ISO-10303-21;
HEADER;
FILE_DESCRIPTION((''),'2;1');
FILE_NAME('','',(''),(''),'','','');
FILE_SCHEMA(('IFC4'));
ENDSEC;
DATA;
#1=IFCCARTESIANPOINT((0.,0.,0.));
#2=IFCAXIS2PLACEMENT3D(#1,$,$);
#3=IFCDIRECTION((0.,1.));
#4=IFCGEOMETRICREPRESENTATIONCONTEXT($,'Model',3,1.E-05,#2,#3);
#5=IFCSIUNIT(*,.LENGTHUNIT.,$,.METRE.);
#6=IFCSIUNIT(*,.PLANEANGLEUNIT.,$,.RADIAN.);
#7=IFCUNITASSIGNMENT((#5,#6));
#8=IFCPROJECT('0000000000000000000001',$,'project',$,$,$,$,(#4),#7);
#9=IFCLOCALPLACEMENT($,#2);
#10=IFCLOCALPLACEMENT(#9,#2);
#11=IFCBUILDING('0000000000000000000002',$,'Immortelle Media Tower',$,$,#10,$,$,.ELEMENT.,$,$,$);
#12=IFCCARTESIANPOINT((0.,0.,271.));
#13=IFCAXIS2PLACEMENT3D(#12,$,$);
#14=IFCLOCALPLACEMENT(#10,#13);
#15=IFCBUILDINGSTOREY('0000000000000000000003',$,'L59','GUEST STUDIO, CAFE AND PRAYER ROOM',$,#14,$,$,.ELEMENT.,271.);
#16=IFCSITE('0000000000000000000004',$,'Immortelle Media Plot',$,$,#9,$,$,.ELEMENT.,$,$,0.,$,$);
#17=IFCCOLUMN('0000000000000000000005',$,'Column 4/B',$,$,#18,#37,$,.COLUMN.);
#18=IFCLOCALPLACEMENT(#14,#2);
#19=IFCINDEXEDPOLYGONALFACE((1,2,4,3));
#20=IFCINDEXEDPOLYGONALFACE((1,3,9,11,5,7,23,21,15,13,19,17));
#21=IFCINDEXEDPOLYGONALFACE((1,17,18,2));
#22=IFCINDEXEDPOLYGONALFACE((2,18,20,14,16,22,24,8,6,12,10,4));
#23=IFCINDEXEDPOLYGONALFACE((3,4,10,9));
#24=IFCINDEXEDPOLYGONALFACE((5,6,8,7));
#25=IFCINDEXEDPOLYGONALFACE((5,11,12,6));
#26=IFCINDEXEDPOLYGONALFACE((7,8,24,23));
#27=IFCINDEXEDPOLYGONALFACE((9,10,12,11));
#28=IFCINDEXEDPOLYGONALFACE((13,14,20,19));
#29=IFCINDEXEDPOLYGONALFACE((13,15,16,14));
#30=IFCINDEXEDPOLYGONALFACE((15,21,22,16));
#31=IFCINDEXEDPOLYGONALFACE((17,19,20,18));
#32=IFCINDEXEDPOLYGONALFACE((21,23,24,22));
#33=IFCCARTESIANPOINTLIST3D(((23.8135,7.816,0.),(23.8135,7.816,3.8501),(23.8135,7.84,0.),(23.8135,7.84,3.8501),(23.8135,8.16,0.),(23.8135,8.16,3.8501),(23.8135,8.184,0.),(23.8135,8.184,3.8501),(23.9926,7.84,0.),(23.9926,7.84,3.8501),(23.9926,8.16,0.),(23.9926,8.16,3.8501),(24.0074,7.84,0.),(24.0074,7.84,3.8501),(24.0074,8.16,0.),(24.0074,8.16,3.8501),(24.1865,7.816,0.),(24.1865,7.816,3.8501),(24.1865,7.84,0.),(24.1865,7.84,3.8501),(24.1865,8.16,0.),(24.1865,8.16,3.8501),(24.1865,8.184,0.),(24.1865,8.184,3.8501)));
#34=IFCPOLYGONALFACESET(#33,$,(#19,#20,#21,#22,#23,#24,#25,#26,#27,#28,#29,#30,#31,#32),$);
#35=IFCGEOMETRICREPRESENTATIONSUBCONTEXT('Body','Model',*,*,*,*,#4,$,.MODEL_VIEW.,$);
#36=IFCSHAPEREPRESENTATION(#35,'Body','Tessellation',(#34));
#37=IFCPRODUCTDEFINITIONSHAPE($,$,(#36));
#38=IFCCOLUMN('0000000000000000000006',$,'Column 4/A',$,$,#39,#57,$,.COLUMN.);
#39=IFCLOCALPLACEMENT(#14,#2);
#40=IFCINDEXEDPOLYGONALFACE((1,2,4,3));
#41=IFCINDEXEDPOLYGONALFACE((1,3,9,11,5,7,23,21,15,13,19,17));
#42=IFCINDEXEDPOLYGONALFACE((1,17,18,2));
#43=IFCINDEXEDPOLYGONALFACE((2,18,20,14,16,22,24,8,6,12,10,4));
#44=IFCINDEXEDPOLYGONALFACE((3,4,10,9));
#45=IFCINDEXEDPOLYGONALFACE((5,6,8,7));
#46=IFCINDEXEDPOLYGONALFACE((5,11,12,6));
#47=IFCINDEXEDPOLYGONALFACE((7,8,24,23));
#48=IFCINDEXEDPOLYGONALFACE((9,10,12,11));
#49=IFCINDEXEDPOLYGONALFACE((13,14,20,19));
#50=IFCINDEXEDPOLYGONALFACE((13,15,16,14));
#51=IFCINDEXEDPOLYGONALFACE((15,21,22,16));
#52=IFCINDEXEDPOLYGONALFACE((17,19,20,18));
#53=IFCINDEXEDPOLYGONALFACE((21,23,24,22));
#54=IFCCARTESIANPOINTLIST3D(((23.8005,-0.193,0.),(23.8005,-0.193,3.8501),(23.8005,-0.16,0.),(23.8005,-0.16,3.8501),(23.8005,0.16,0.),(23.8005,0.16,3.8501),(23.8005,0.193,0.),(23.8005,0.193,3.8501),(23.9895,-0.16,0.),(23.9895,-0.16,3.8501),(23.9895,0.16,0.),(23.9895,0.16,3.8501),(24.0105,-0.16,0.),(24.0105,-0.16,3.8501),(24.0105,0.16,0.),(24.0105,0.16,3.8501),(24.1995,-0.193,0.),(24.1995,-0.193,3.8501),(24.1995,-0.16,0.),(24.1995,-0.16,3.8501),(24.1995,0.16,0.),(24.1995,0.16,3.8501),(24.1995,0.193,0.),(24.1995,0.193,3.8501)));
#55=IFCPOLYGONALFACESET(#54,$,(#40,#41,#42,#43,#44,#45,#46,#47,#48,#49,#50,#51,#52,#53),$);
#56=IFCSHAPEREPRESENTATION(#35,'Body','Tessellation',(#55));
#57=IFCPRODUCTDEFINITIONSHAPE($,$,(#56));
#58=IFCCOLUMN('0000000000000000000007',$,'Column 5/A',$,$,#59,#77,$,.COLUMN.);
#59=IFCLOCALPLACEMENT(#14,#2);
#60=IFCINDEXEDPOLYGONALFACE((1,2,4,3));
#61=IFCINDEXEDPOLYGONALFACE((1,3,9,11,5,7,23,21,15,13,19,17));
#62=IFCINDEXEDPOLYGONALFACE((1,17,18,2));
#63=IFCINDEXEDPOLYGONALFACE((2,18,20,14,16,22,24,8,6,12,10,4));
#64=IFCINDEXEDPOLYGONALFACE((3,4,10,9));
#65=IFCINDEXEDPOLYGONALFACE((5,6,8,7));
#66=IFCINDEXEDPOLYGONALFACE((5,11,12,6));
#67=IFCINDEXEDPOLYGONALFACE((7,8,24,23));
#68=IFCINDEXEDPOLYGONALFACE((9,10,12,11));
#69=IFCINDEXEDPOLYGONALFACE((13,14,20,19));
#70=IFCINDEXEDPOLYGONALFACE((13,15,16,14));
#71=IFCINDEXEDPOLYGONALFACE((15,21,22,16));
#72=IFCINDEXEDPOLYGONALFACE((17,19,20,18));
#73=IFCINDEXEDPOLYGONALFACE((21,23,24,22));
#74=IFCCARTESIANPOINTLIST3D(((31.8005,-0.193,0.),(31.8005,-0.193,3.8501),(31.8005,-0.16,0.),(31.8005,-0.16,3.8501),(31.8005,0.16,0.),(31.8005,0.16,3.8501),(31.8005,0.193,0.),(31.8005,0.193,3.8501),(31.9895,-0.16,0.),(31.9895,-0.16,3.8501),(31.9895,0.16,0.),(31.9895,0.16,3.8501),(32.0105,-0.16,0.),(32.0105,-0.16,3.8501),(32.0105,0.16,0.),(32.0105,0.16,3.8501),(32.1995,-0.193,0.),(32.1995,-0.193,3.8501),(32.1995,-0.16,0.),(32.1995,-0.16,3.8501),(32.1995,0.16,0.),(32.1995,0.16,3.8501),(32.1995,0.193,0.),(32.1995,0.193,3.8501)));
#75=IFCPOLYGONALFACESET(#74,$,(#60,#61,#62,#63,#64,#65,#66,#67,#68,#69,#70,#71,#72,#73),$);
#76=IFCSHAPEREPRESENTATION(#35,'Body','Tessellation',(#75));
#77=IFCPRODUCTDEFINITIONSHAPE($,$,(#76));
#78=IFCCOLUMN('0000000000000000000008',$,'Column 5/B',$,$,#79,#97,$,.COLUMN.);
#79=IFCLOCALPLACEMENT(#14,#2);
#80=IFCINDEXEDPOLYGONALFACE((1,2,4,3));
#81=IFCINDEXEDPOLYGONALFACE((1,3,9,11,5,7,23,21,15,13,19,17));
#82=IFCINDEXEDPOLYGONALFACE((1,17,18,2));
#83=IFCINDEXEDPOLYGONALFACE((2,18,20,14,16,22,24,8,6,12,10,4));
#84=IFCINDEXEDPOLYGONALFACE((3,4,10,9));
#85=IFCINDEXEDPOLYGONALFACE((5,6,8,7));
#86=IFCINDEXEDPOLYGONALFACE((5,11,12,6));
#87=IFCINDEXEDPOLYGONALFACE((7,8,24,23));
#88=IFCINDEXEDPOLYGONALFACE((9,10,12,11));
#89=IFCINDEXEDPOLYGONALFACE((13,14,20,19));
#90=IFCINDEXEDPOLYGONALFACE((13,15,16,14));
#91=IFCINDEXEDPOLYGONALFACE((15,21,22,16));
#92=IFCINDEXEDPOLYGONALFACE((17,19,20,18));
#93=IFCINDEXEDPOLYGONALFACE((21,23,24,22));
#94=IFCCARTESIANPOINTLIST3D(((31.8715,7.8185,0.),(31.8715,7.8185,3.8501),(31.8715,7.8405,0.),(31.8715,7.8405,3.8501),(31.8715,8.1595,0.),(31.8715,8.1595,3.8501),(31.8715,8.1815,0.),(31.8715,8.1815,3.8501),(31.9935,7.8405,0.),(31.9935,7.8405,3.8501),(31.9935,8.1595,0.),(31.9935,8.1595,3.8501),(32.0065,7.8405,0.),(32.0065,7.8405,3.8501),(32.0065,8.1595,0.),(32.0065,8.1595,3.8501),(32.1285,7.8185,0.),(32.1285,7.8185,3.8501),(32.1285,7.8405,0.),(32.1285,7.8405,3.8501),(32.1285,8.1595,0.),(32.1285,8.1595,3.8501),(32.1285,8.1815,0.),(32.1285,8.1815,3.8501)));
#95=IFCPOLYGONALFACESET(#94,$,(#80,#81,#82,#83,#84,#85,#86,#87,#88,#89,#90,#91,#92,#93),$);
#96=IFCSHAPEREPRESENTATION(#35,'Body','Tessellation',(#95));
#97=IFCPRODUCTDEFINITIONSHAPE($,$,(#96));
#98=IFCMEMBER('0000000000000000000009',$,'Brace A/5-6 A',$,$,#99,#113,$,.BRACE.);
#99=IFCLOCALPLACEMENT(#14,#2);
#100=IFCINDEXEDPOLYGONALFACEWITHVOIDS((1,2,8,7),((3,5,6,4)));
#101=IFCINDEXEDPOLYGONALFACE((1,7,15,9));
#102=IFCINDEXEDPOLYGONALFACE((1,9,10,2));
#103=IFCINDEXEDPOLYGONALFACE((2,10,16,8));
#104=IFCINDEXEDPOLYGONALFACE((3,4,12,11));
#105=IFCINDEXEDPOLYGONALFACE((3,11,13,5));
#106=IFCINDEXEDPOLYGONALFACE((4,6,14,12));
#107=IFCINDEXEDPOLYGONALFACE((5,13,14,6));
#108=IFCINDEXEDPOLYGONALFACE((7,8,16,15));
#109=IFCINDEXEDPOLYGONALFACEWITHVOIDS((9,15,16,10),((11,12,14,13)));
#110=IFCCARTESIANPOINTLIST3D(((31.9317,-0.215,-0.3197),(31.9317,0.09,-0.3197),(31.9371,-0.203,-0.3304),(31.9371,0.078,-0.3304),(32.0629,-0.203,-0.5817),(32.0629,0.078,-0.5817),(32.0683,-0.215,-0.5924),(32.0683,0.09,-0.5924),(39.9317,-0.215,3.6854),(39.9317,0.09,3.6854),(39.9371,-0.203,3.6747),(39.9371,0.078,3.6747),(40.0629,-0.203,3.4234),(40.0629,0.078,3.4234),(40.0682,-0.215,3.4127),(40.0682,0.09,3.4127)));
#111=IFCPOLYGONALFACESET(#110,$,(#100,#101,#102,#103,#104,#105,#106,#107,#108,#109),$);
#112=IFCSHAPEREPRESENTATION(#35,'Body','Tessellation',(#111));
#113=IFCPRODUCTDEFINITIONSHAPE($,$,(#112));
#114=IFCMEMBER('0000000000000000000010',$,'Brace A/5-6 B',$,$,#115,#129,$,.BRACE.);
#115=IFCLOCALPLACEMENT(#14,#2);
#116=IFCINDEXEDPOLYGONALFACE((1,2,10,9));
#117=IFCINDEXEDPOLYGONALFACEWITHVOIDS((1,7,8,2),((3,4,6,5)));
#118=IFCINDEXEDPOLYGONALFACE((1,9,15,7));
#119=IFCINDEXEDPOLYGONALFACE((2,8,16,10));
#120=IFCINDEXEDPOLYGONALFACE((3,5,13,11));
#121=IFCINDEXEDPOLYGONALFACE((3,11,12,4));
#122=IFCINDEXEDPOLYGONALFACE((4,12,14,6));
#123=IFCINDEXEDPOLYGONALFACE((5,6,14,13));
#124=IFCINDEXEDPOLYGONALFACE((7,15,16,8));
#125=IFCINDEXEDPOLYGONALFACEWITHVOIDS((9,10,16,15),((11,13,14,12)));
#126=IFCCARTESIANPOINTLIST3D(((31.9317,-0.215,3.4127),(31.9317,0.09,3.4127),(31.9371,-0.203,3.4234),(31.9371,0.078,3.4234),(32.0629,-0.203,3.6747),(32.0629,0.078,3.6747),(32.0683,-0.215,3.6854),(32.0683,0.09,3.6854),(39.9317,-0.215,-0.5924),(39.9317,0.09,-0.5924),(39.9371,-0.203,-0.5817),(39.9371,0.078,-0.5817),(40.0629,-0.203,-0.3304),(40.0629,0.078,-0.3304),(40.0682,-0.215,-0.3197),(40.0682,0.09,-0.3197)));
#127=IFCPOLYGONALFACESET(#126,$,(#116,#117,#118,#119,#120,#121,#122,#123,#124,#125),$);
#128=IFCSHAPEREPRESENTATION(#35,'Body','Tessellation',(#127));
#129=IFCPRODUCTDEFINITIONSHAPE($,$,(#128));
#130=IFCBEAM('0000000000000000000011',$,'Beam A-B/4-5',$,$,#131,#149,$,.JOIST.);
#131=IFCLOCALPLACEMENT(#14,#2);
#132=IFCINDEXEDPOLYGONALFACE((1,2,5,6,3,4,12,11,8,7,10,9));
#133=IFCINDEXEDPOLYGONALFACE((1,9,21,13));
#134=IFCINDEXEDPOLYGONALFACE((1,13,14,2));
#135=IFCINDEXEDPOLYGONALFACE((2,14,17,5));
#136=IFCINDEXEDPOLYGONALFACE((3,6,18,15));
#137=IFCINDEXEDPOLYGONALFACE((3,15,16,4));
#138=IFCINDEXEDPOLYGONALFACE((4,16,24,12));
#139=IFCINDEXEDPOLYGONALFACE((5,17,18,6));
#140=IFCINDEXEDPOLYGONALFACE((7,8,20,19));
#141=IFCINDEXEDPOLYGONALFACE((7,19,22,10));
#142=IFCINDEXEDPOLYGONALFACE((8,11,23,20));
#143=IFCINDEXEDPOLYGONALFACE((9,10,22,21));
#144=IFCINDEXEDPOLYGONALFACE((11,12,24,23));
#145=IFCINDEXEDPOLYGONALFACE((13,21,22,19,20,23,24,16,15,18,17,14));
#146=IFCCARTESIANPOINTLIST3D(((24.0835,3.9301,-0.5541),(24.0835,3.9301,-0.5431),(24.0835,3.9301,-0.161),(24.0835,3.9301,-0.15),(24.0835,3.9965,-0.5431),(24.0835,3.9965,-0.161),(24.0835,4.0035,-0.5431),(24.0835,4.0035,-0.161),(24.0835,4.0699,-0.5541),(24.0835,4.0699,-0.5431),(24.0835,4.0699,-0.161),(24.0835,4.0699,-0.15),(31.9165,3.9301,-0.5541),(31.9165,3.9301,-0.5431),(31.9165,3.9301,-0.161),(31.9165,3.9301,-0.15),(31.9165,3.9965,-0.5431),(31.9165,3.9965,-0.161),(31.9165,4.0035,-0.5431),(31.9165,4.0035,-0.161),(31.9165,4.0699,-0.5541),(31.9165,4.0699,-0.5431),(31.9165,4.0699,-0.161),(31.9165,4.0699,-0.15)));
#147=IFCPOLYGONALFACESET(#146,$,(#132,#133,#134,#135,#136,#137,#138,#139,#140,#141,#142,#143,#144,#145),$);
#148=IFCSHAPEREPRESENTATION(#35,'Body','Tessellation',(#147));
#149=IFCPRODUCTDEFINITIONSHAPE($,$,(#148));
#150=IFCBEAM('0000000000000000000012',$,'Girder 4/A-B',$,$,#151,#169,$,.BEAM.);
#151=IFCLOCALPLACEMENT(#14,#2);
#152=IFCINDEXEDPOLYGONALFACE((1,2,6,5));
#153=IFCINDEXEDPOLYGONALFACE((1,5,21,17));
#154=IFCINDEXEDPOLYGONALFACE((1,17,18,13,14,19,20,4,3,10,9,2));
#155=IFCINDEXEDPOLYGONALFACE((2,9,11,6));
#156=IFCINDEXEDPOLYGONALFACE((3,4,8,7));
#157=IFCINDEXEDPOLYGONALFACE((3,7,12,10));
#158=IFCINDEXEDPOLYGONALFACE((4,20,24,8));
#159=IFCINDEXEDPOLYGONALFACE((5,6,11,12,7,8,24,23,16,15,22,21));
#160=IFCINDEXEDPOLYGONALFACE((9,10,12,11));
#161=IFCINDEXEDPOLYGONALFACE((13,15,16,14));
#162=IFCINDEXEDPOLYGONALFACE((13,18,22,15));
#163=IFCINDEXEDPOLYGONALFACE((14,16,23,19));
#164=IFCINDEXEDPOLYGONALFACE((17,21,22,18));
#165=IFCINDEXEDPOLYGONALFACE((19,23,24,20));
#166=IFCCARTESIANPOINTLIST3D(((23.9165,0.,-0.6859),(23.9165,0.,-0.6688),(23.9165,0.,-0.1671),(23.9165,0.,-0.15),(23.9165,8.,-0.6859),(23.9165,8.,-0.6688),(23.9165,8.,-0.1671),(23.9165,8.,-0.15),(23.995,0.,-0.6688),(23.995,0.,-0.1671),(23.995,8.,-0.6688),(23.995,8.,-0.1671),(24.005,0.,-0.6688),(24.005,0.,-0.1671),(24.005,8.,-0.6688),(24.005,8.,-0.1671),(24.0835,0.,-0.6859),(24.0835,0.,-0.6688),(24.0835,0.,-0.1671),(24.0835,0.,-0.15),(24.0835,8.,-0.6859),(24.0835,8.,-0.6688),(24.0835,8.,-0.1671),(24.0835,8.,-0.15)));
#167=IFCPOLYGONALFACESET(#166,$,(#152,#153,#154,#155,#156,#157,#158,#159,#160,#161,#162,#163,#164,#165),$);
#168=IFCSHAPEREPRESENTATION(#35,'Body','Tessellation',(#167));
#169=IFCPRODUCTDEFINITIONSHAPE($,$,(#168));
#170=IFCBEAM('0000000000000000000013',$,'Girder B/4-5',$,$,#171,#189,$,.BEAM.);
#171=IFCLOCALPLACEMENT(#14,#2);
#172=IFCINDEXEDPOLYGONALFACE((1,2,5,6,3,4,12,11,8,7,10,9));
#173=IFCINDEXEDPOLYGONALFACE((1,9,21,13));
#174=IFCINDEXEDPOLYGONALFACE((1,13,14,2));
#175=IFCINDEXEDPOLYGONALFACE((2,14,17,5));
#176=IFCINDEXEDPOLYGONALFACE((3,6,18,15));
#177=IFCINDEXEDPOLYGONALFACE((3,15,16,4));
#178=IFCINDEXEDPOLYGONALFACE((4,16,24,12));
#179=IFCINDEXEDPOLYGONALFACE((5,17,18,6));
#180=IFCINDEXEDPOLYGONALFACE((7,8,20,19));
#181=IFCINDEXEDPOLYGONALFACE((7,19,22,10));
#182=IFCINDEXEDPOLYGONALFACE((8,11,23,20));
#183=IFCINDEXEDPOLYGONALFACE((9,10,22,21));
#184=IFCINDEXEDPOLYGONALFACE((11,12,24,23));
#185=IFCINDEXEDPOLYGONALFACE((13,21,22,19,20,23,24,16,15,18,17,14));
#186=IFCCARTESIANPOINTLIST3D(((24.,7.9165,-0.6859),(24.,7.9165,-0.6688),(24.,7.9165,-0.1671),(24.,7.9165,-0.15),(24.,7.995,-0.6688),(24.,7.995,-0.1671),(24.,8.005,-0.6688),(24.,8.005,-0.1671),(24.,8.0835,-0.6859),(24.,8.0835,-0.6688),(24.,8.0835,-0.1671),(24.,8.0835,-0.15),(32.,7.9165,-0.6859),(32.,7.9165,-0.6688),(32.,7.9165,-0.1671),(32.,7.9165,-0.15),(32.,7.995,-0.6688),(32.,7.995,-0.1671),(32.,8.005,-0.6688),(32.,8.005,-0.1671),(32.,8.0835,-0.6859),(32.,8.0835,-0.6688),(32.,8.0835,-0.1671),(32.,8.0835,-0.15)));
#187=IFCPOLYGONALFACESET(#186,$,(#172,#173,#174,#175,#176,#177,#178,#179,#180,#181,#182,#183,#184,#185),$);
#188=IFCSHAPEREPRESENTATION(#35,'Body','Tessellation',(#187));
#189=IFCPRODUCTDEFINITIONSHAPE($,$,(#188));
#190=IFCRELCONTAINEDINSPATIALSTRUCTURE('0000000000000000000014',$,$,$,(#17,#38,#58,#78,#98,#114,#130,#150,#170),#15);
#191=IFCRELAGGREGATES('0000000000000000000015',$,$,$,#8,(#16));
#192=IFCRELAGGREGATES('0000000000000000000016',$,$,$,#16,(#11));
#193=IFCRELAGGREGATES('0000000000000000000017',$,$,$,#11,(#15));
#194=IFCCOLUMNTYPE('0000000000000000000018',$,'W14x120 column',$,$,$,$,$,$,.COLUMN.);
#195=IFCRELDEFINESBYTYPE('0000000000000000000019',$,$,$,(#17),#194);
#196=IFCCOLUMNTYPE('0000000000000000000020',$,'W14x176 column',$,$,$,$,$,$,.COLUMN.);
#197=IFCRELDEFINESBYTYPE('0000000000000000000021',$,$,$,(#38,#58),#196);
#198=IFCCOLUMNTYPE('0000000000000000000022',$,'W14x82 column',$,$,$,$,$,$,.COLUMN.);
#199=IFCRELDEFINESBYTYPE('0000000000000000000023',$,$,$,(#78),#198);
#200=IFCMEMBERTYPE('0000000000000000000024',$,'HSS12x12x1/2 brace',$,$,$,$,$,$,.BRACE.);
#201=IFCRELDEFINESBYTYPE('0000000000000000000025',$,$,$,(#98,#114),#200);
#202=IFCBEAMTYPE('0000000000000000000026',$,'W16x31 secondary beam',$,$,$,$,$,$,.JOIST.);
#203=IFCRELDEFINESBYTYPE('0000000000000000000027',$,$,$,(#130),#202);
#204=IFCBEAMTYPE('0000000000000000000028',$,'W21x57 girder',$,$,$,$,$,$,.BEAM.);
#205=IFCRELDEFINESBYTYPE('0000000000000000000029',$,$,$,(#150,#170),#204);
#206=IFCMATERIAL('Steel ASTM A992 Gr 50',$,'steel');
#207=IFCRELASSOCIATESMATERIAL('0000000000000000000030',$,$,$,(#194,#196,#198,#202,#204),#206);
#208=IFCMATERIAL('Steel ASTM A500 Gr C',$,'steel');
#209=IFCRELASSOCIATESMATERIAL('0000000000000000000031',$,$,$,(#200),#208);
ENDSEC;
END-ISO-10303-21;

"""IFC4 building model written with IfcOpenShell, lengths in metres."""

from ifc_helpers import new_model, si_unit, direction, frame, origin, origin_2d, place, context, subcontext, project, spatial, hollow_rectangle, i_section, extrude, material, material_profile, profile_set, type_object, element, save


model = new_model("IFC4")

# Units and contexts
model_context = context("Model", 3, precision=1e-05, world=origin(), true_north=direction((0.0, 1.0)))
body_context = subcontext(model_context, "Body", "Model", "MODEL_VIEW")
ifc_project = project(units=[si_unit("LENGTHUNIT", "METRE"), si_unit("PLANEANGLEUNIT", "RADIAN")], contexts=[model_context])

# Site, building, storey
site_placement = place(None, origin())
site = spatial("IfcSite", under=ifc_project, at=site_placement, Name="Immortelle Media Plot", CompositionType="ELEMENT", RefElevation=0.0)
building_placement = place(site_placement, origin())
building = spatial("IfcBuilding", under=site, at=building_placement, Name="Immortelle Media Tower", CompositionType="ELEMENT")
storey_placement = place(building_placement, frame((0.0, 0.0, 271.0)))
storey = spatial("IfcBuildingStorey", under=building, at=storey_placement, Name="L59", Description="GUEST STUDIO, CAFE AND PRAYER ROOM", CompositionType="ELEMENT", Elevation=271.0)

# Columns
ifc_material_1 = material(Name="Steel ASTM A992 Gr 50", Category="steel")
ifc_material_profile_1 = material_profile(ifc_material_1, i_section(OverallWidth=0.373, OverallDepth=0.3679, WebThickness=0.0149, FlangeThickness=0.0239, at=origin_2d()), Name="W14x120")
ifc_profile_set_1 = profile_set([ifc_material_profile_1], Name="Steel ASTM A992 Gr 50")
column_type_1 = type_object("IfcColumnType", Name="W14x120 column", PredefinedType="COLUMN", material=ifc_profile_set_1)
column_1_placement = place(storey_placement, frame((24.0, 8.0, 0.0), z_axis=(0.0, 0.0, 1.0), x_axis=(1.0, 0.0, 0.0)))
element("IfcColumn", 1, at=column_1_placement, inside=storey, type_object=column_type_1, Name="Column 4/B", PredefinedType="COLUMN", context=body_context, shape_type="SweptSolid", body=[
    extrude(i_section(OverallWidth=0.373, OverallDepth=0.3679, WebThickness=0.0149, FlangeThickness=0.0239, at=origin_2d()), origin(), (0.0, 0.0, 1.0), 3.8501),
])
ifc_material_profile_2 = material_profile(ifc_material_1, i_section(OverallWidth=0.3989, OverallDepth=0.386, WebThickness=0.021, FlangeThickness=0.033, at=origin_2d()), Name="W14x176")
ifc_profile_set_2 = profile_set([ifc_material_profile_2], Name="Steel ASTM A992 Gr 50")
column_type_2 = type_object("IfcColumnType", Name="W14x176 column", PredefinedType="COLUMN", material=ifc_profile_set_2)
for number, where, z_axis, x_axis, name in (
    (2, (24.0, 0.0, 0.0), (0.0, 0.0, 1.0), (1.0, 0.0, 0.0), "Column 4/A"),
    (3, (32.0, 0.0, 0.0), (0.0, 0.0, 1.0), (1.0, 0.0, 0.0), "Column 5/A"),
):
    element("IfcColumn", number, at=place(storey_placement, frame(where, z_axis=z_axis, x_axis=x_axis)), inside=storey, type_object=column_type_2, Name=name, PredefinedType="COLUMN", context=body_context, shape_type="SweptSolid", body=[
        extrude(i_section(OverallWidth=0.3989, OverallDepth=0.386, WebThickness=0.021, FlangeThickness=0.033, at=origin_2d()), origin(), (0.0, 0.0, 1.0), 3.8501),
    ])
ifc_material_profile_3 = material_profile(ifc_material_1, i_section(OverallWidth=0.2571, OverallDepth=0.363, WebThickness=0.0129, FlangeThickness=0.022, at=origin_2d()), Name="W14x82")
ifc_profile_set_3 = profile_set([ifc_material_profile_3], Name="Steel ASTM A992 Gr 50")
column_type_3 = type_object("IfcColumnType", Name="W14x82 column", PredefinedType="COLUMN", material=ifc_profile_set_3)
column_2_placement = place(storey_placement, frame((32.0, 8.0, 0.0), z_axis=(0.0, 0.0, 1.0), x_axis=(1.0, 0.0, 0.0)))
element("IfcColumn", 4, at=column_2_placement, inside=storey, type_object=column_type_3, Name="Column 5/B", PredefinedType="COLUMN", context=body_context, shape_type="SweptSolid", body=[
    extrude(i_section(OverallWidth=0.2571, OverallDepth=0.363, WebThickness=0.0129, FlangeThickness=0.022, at=origin_2d()), origin(), (0.0, 0.0, 1.0), 3.8501),
])

# Members
ifc_material_2 = material(Name="Steel ASTM A500 Gr C", Category="steel")
ifc_material_profile_4 = material_profile(ifc_material_2, hollow_rectangle(XDim=0.3049, YDim=0.3049, WallThickness=0.012, at=origin_2d()), Name="HSS12x12x1/2 brace")
ifc_profile_set_4 = profile_set([ifc_material_profile_4], Name="Steel ASTM A500 Gr C")
member_type = type_object("IfcMemberType", Name="HSS12x12x1/2 brace", PredefinedType="BRACE", material=ifc_profile_set_4)
for number, where, z_axis, x_axis, name in (
    (5, (32.0, -0.0625, -0.4561), (0.894198, 0.0, 0.447672), (0.0, 1.0, 0.0), "Brace A/5-6 A"),
    (6, (32.0, -0.0625, 3.5491), (0.894198, 0.0, -0.447672), (0.0, 1.0, 0.0), "Brace A/5-6 B"),
):
    element("IfcMember", number, at=place(storey_placement, frame(where, z_axis=z_axis, x_axis=x_axis)), inside=storey, type_object=member_type, Name=name, PredefinedType="BRACE", context=body_context, shape_type="SweptSolid", body=[
        extrude(hollow_rectangle(XDim=0.3049, YDim=0.3049, WallThickness=0.012, at=origin_2d()), origin(), (0.0, 0.0, 1.0), 8.9465),
    ])

# Beams
ifc_material_profile_5 = material_profile(ifc_material_1, i_section(OverallWidth=0.1399, OverallDepth=0.4041, WebThickness=0.0071, FlangeThickness=0.011, at=origin_2d()), Name="W16x31")
ifc_profile_set_5 = profile_set([ifc_material_profile_5], Name="Steel ASTM A992 Gr 50")
beam_type_1 = type_object("IfcBeamType", Name="W16x31 secondary beam", PredefinedType="JOIST", material=ifc_profile_set_5)
beam_placement = place(storey_placement, frame((24.0835, 4.0, -0.3521), z_axis=(1.0, 0.0, 0.0), x_axis=(0.0, 1.0, 0.0)))
element("IfcBeam", 7, at=beam_placement, inside=storey, type_object=beam_type_1, Name="Beam A-B/4-5", PredefinedType="JOIST", context=body_context, shape_type="SweptSolid", body=[
    extrude(i_section(OverallWidth=0.1399, OverallDepth=0.4041, WebThickness=0.0071, FlangeThickness=0.011, at=origin_2d()), origin(), (0.0, 0.0, 1.0), 7.833),
])
ifc_material_profile_6 = material_profile(ifc_material_1, i_section(OverallWidth=0.167, OverallDepth=0.5359, WebThickness=0.01, FlangeThickness=0.0171, at=origin_2d()), Name="W21x57")
ifc_profile_set_6 = profile_set([ifc_material_profile_6], Name="Steel ASTM A992 Gr 50")
beam_type_2 = type_object("IfcBeamType", Name="W21x57 girder", PredefinedType="BEAM", material=ifc_profile_set_6)
for number, where, z_axis, x_axis, name in (
    (8, (24.0, 0.0, -0.418), (0.0, 1.0, 0.0), (-1.0, 0.0, 0.0), "Girder 4/A-B"),
    (9, (24.0, 8.0, -0.418), (1.0, 0.0, 0.0), (0.0, 1.0, 0.0), "Girder B/4-5"),
):
    element("IfcBeam", number, at=place(storey_placement, frame(where, z_axis=z_axis, x_axis=x_axis)), inside=storey, type_object=beam_type_2, Name=name, PredefinedType="BEAM", context=body_context, shape_type="SweptSolid", body=[
        extrude(i_section(OverallWidth=0.167, OverallDepth=0.5359, WebThickness=0.01, FlangeThickness=0.0171, at=origin_2d()), origin(), (0.0, 0.0, 1.0), 8.0),
    ])

save(model, "model.ifc")
